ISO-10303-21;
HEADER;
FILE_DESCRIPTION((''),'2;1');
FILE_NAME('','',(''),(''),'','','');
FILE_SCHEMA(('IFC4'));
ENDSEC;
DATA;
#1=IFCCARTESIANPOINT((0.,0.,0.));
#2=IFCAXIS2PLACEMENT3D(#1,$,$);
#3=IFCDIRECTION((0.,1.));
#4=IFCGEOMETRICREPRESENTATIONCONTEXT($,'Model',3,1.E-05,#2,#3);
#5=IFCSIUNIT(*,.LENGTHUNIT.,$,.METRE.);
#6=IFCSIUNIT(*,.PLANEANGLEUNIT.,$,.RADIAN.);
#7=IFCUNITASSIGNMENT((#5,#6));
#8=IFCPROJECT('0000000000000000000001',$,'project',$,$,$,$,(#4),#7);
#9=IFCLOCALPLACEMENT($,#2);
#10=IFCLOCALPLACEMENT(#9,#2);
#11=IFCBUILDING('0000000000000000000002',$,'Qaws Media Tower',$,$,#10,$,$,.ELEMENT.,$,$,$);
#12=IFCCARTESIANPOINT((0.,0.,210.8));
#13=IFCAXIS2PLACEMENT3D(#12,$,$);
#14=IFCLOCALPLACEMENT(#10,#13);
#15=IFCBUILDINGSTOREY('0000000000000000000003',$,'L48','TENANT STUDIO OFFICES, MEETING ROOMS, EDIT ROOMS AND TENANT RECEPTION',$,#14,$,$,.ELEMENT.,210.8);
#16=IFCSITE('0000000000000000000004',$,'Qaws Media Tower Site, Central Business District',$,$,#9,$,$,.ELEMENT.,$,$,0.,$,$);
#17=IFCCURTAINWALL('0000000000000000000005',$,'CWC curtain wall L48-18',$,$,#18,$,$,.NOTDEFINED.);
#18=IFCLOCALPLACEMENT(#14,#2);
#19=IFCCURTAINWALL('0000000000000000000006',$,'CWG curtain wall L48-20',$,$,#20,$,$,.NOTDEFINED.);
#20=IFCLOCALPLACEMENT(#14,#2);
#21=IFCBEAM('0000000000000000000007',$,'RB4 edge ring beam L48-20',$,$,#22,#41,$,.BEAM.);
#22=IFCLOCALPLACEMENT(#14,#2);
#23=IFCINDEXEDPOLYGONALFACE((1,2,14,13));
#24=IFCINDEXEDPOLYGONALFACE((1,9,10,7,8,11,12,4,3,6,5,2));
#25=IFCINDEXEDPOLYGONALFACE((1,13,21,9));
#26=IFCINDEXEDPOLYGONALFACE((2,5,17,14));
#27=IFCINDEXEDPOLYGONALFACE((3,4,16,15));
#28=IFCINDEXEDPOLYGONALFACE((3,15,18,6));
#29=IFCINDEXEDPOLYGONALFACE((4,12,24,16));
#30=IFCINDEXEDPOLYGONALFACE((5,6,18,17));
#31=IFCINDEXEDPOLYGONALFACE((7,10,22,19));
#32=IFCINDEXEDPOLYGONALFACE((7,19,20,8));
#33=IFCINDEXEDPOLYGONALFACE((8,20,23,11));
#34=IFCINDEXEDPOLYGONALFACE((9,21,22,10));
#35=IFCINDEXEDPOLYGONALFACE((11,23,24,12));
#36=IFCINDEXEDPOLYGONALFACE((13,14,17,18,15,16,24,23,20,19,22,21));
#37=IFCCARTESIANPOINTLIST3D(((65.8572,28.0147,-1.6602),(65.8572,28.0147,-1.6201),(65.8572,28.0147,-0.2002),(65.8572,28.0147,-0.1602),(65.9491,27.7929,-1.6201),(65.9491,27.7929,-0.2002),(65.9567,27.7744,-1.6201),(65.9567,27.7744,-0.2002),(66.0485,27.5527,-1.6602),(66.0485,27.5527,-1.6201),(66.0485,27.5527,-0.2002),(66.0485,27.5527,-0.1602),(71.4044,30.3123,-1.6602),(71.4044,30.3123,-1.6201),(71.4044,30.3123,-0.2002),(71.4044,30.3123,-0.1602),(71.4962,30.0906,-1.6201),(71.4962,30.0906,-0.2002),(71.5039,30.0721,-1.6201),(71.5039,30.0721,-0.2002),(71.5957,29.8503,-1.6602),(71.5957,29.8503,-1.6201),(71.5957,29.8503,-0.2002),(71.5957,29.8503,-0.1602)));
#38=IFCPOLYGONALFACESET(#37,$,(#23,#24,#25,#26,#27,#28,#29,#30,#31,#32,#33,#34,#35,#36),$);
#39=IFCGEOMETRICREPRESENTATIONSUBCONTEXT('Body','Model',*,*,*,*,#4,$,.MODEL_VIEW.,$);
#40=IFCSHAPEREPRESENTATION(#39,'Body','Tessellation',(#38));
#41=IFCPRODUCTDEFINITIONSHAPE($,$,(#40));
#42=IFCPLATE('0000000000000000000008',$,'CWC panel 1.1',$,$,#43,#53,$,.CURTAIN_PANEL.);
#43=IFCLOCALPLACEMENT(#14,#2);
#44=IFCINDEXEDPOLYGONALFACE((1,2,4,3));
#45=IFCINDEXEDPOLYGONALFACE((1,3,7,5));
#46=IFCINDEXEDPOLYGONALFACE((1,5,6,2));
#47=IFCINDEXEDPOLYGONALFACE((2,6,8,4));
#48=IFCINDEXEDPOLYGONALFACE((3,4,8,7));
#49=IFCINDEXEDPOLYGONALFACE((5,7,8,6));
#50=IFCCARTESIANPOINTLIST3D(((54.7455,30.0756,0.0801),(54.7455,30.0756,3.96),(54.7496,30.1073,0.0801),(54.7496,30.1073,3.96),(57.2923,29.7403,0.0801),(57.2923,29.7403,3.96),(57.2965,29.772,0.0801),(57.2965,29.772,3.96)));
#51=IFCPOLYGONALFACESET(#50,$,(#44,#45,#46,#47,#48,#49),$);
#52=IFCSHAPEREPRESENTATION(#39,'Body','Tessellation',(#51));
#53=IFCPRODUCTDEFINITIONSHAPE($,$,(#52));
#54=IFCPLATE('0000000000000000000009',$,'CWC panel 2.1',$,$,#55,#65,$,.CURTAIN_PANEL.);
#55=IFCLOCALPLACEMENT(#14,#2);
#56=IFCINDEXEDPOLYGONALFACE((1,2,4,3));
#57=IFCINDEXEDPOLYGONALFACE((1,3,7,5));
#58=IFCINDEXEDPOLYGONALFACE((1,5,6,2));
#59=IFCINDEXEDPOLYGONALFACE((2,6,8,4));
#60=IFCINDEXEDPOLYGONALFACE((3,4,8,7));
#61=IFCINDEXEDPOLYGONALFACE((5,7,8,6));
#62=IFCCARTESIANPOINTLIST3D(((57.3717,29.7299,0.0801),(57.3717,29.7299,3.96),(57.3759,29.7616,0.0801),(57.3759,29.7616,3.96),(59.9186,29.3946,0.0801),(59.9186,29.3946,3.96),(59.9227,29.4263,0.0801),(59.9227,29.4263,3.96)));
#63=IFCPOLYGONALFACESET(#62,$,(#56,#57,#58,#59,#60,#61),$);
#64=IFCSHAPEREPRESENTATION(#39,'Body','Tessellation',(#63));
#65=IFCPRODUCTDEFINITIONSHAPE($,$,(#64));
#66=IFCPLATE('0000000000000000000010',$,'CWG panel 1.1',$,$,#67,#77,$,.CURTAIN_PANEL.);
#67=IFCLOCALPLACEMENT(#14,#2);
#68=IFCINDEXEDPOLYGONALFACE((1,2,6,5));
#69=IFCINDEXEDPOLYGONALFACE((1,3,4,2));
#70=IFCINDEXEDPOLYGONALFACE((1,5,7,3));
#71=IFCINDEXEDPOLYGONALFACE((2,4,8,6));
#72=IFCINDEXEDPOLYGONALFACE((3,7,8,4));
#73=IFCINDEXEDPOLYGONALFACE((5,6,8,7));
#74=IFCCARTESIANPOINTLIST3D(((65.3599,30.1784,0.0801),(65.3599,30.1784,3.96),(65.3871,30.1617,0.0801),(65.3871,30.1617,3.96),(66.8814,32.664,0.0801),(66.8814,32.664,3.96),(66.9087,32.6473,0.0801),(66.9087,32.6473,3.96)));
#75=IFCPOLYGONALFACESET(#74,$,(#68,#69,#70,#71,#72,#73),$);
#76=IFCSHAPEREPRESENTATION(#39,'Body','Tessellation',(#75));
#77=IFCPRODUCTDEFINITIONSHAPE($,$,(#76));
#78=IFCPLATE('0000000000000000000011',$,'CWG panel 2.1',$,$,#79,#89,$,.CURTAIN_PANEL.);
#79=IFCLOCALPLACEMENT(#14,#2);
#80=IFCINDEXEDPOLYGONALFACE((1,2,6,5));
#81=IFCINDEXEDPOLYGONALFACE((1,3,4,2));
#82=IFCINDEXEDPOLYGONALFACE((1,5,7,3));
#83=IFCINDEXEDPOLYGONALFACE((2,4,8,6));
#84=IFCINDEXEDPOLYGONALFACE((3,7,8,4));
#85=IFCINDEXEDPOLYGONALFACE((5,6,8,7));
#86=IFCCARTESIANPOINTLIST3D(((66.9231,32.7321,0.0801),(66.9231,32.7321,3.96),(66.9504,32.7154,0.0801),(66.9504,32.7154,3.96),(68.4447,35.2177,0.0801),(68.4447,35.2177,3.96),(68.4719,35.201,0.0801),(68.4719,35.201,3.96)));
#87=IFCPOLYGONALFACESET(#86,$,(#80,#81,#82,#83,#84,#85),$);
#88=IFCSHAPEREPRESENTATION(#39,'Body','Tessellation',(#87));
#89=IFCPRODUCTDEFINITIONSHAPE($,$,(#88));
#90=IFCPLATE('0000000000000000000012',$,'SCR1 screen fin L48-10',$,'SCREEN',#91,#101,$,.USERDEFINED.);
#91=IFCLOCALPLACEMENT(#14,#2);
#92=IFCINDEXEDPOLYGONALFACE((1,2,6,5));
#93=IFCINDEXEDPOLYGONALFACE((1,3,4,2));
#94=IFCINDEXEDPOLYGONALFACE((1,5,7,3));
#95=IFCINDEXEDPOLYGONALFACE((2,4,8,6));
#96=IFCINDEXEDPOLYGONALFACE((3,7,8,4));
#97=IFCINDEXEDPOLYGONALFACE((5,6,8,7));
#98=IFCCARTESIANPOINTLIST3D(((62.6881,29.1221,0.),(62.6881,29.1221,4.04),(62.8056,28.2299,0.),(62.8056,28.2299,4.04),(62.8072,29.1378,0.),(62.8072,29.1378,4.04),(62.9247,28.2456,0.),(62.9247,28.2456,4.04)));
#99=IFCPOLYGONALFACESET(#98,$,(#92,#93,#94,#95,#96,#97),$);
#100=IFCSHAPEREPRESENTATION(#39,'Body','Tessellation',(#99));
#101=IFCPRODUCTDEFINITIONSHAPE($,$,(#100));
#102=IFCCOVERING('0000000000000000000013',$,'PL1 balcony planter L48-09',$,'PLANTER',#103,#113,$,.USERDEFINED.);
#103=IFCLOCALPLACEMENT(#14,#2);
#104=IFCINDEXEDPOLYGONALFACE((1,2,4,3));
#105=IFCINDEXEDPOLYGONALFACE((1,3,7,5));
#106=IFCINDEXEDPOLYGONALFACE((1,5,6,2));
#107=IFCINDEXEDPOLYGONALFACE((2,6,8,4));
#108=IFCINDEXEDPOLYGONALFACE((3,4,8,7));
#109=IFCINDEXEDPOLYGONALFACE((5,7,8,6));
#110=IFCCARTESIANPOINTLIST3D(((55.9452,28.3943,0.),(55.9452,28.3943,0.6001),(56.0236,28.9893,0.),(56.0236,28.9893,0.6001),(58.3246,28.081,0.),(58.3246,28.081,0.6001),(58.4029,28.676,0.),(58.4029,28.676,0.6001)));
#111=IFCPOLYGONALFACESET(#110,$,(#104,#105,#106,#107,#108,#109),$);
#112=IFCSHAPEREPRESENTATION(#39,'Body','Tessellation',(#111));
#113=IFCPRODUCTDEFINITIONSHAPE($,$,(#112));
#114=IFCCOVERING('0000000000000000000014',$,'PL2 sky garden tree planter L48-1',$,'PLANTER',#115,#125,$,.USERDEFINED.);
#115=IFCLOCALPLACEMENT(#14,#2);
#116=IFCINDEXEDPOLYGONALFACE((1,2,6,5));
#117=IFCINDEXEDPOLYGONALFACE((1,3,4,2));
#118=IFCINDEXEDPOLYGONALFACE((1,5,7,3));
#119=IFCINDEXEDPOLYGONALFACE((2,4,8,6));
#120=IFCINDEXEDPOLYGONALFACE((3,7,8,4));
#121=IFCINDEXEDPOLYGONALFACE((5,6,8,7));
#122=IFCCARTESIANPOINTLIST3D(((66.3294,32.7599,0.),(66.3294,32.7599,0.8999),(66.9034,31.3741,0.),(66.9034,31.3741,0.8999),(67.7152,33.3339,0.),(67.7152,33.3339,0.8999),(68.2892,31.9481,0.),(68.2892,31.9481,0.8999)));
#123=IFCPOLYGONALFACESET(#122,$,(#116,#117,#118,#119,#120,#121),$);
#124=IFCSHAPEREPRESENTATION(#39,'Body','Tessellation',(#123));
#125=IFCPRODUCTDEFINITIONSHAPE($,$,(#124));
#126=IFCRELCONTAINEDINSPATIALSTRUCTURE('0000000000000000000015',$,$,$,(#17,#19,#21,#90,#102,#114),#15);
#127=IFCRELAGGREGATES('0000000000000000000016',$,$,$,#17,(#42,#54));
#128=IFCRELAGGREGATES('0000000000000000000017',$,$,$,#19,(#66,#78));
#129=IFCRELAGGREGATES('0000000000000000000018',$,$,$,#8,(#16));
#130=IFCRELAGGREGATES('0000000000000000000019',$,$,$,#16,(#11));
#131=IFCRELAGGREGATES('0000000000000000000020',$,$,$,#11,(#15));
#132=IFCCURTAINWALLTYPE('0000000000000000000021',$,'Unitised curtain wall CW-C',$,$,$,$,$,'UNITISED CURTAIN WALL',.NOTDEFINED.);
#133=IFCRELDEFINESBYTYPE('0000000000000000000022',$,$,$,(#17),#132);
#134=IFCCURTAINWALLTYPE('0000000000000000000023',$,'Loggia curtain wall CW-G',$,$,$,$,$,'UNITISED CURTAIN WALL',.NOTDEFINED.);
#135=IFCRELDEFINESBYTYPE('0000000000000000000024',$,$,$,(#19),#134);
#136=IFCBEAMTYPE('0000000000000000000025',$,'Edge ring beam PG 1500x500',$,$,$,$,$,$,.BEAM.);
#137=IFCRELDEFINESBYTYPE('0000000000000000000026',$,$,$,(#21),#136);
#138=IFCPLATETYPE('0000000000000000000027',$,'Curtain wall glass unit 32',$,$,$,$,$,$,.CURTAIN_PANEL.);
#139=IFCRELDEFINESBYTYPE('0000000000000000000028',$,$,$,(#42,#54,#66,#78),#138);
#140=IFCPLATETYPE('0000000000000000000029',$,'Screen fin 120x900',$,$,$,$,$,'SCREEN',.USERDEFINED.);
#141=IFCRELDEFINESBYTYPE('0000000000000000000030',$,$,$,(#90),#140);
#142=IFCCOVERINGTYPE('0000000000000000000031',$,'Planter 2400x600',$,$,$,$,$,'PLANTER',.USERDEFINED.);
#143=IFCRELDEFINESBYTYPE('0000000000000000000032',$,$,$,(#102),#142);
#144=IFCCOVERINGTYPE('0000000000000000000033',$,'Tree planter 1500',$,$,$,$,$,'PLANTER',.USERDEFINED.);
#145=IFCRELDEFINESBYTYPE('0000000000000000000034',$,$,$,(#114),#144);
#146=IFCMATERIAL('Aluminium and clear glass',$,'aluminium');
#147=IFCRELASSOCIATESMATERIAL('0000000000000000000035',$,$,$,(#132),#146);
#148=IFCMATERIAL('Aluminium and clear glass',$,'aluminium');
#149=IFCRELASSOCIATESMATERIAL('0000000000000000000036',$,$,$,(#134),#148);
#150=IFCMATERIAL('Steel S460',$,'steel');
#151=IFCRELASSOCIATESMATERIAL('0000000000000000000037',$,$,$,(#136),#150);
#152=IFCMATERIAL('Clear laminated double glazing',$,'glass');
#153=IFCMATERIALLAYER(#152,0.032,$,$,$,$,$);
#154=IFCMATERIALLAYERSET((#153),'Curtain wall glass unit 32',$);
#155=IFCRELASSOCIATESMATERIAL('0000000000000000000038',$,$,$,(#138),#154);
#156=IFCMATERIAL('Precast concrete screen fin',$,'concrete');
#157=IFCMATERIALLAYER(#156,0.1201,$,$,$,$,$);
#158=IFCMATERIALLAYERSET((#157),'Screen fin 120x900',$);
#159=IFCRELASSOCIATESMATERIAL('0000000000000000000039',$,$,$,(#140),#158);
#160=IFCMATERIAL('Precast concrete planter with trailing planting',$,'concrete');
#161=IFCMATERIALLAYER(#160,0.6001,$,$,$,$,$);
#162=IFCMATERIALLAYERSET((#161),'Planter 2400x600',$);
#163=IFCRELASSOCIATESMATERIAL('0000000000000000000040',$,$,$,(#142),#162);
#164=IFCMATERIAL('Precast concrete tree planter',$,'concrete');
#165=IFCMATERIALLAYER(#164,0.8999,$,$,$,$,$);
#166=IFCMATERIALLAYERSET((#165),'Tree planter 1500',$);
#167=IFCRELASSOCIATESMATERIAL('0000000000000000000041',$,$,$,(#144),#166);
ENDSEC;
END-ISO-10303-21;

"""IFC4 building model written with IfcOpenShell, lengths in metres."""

from ifc_helpers import new_model, si_unit, direction, frame, origin, origin_2d, place, context, subcontext, project, spatial, rectangle, i_section, extrude, material, layer, layer_set, material_profile, profile_set, type_object, element, aggregate, save


model = new_model("IFC4")

# Units and contexts
model_context = context("Model", 3, precision=1e-05, world=origin(), true_north=direction((0.0, 1.0)))
body_context = subcontext(model_context, "Body", "Model", "MODEL_VIEW")
ifc_project = project(units=[si_unit("LENGTHUNIT", "METRE"), si_unit("PLANEANGLEUNIT", "RADIAN")], contexts=[model_context])

# Site, building, storey
site_placement = place(None, origin())
site = spatial("IfcSite", under=ifc_project, at=site_placement, Name="Qaws Media Tower Site, Central Business District", CompositionType="ELEMENT", RefElevation=0.0)
building_placement = place(site_placement, origin())
building = spatial("IfcBuilding", under=site, at=building_placement, Name="Qaws Media Tower", CompositionType="ELEMENT")
storey_placement = place(building_placement, frame((0.0, 0.0, 210.8)))
storey = spatial("IfcBuildingStorey", under=building, at=storey_placement, Name="L48", Description="TENANT STUDIO OFFICES, MEETING ROOMS, EDIT ROOMS AND TENANT RECEPTION", CompositionType="ELEMENT", Elevation=210.8)

# Curtain walls
ifc_material_1 = material(Name="Aluminium and clear glass", Category="aluminium")
curtain_wall_type_1 = type_object("IfcCurtainWallType", Name="Unitised curtain wall CW-C", ElementType="UNITISED CURTAIN WALL", PredefinedType="NOTDEFINED", material=ifc_material_1)
curtain_wall_1_placement = place(storey_placement, origin())
curtain_wall_1 = element("IfcCurtainWall", 1, at=curtain_wall_1_placement, inside=storey, type_object=curtain_wall_type_1, Name="CWC curtain wall L48-18", PredefinedType="NOTDEFINED")
ifc_material_2 = material(Name="Aluminium and clear glass", Category="aluminium")
curtain_wall_type_2 = type_object("IfcCurtainWallType", Name="Loggia curtain wall CW-G", ElementType="UNITISED CURTAIN WALL", PredefinedType="NOTDEFINED", material=ifc_material_2)
curtain_wall_2_placement = place(storey_placement, origin())
curtain_wall_2 = element("IfcCurtainWall", 2, at=curtain_wall_2_placement, inside=storey, type_object=curtain_wall_type_2, Name="CWG curtain wall L48-20", PredefinedType="NOTDEFINED")

# Beam
ifc_material_3 = material(Name="Steel S460", Category="steel")
ifc_material_profile_1 = material_profile(ifc_material_3, i_section(OverallWidth=0.5, OverallDepth=1.5, WebThickness=0.02, FlangeThickness=0.04, at=origin_2d()), Name="PG 1500x500")
ifc_profile_set_1 = profile_set([ifc_material_profile_1], Name="Steel S460")
beam_type = type_object("IfcBeamType", Name="Edge ring beam PG 1500x500", PredefinedType="BEAM", material=ifc_profile_set_1)
for number, where, z_axis, x_axis, name in (
    (3, (65.9529, 27.7837, -0.9102), (0.923885, 0.382671, 0.0), (-0.382671, 0.923885, 0.0), "RB4 edge ring beam L48-20"),
):
    element("IfcBeam", number, at=place(storey_placement, frame(where, z_axis=z_axis, x_axis=x_axis)), inside=storey, type_object=beam_type, Name=name, PredefinedType="BEAM", context=body_context, shape_type="SweptSolid", body=[
        extrude(i_section(OverallWidth=0.5, OverallDepth=1.5, WebThickness=0.02, FlangeThickness=0.04, at=origin_2d()), origin(), (0.0, 0.0, 1.0), 6.0042),
    ])

# Plates
ifc_material_4 = material(Name="Clear laminated double glazing", Category="glass")
ifc_layer_1 = layer(ifc_material_4, 0.032)
ifc_layer_set_1 = layer_set([ifc_layer_1], Name="Curtain wall glass unit 32")
plate_type_1 = type_object("IfcPlateType", Name="Curtain wall glass unit 32", PredefinedType="CURTAIN_PANEL", material=ifc_layer_set_1)
plate_1_placement = place(storey_placement, frame((56.021, 29.9238, 0.0801), z_axis=(0.0, 0.0, 1.0), x_axis=(0.991445, -0.130526, 0.0)))
plate_1 = element("IfcPlate", 4, at=plate_1_placement, type_object=plate_type_1, Name="CWC panel 1.1", PredefinedType="CURTAIN_PANEL", context=body_context, shape_type="SweptSolid", body=[
    extrude(rectangle(XDim=2.5688, YDim=0.032, at=origin_2d()), origin(), (0.0, 0.0, 1.0), 3.8799),
])
plate_2_placement = place(storey_placement, frame((58.6472, 29.5781, 0.0801), z_axis=(0.0, 0.0, 1.0), x_axis=(0.991445, -0.130526, 0.0)))
plate_2 = element("IfcPlate", 5, at=plate_2_placement, type_object=plate_type_1, Name="CWC panel 2.1", PredefinedType="CURTAIN_PANEL", context=body_context, shape_type="SweptSolid", body=[
    extrude(rectangle(XDim=2.5688, YDim=0.032, at=origin_2d()), origin(), (0.0, 0.0, 1.0), 3.8799),
])
aggregate(curtain_wall_1, [plate_1, plate_2])
plate_3_placement = place(storey_placement, frame((66.1343, 31.4128, 0.0801), z_axis=(0.0, 0.0, 1.0), x_axis=(0.522102, 0.852883, 0.0)))
plate_3 = element("IfcPlate", 6, at=plate_3_placement, type_object=plate_type_1, Name="CWG panel 1.1", PredefinedType="CURTAIN_PANEL", context=body_context, shape_type="SweptSolid", body=[
    extrude(rectangle(XDim=2.9143, YDim=0.032, at=origin_2d()), origin(), (0.0, 0.0, 1.0), 3.8799),
])
plate_4_placement = place(storey_placement, frame((67.6975, 33.9666, 0.0801), z_axis=(0.0, 0.0, 1.0), x_axis=(0.522102, 0.852883, 0.0)))
plate_4 = element("IfcPlate", 7, at=plate_4_placement, type_object=plate_type_1, Name="CWG panel 2.1", PredefinedType="CURTAIN_PANEL", context=body_context, shape_type="SweptSolid", body=[
    extrude(rectangle(XDim=2.9143, YDim=0.032, at=origin_2d()), origin(), (0.0, 0.0, 1.0), 3.8799),
])
aggregate(curtain_wall_2, [plate_3, plate_4])
ifc_material_5 = material(Name="Precast concrete screen fin", Category="concrete")
ifc_layer_2 = layer(ifc_material_5, 0.1201)
ifc_layer_set_2 = layer_set([ifc_layer_2], Name="Screen fin 120x900")
plate_type_2 = type_object("IfcPlateType", Name="Screen fin 120x900", ElementType="SCREEN", PredefinedType="USERDEFINED", material=ifc_layer_set_2)
plate_5_placement = place(storey_placement, frame((62.8064, 28.6838, 0.0), z_axis=(0.0, 0.0, 1.0), x_axis=(0.130526, -0.991445, 0.0)))
element("IfcPlate", 8, at=plate_5_placement, inside=storey, type_object=plate_type_2, Name="SCR1 screen fin L48-10", ObjectType="SCREEN", PredefinedType="USERDEFINED", context=body_context, shape_type="SweptSolid", body=[
    extrude(rectangle(XDim=0.8999, YDim=0.1201, at=origin_2d()), origin(), (0.0, 0.0, 1.0), 4.04),
])

# Coverings
ifc_material_6 = material(Name="Precast concrete planter with trailing planting", Category="concrete")
ifc_layer_3 = layer(ifc_material_6, 0.6001)
ifc_layer_set_3 = layer_set([ifc_layer_3], Name="Planter 2400x600")
covering_type_1 = type_object("IfcCoveringType", Name="Planter 2400x600", ElementType="PLANTER", PredefinedType="USERDEFINED", material=ifc_layer_set_3)
covering_1_placement = place(storey_placement, frame((57.1741, 28.5352, 0.0), z_axis=(0.0, 0.0, 1.0), x_axis=(0.991445, -0.130526, 0.0)))
element("IfcCovering", 9, at=covering_1_placement, inside=storey, type_object=covering_type_1, Name="PL1 balcony planter L48-09", ObjectType="PLANTER", PredefinedType="USERDEFINED", context=body_context, shape_type="SweptSolid", body=[
    extrude(rectangle(XDim=2.3999, YDim=0.6001, at=origin_2d()), origin(), (0.0, 0.0, 1.0), 0.6001),
])
ifc_material_7 = material(Name="Precast concrete tree planter", Category="concrete")
ifc_layer_4 = layer(ifc_material_7, 0.8999)
ifc_layer_set_4 = layer_set([ifc_layer_4], Name="Tree planter 1500")
covering_type_2 = type_object("IfcCoveringType", Name="Tree planter 1500", ElementType="PLANTER", PredefinedType="USERDEFINED", material=ifc_layer_set_4)
covering_2_placement = place(storey_placement, frame((67.3093, 32.354, 0.0), z_axis=(0.0, 0.0, 1.0), x_axis=(0.382683, -0.92388, 0.0)))
element("IfcCovering", 10, at=covering_2_placement, inside=storey, type_object=covering_type_2, Name="PL2 sky garden tree planter L48-1", ObjectType="PLANTER", PredefinedType="USERDEFINED", context=body_context, shape_type="SweptSolid", body=[
    extrude(rectangle(XDim=1.5, YDim=1.5, at=origin_2d()), origin(), (0.0, 0.0, 1.0), 0.8999),
])

save(model, "model.ifc")
